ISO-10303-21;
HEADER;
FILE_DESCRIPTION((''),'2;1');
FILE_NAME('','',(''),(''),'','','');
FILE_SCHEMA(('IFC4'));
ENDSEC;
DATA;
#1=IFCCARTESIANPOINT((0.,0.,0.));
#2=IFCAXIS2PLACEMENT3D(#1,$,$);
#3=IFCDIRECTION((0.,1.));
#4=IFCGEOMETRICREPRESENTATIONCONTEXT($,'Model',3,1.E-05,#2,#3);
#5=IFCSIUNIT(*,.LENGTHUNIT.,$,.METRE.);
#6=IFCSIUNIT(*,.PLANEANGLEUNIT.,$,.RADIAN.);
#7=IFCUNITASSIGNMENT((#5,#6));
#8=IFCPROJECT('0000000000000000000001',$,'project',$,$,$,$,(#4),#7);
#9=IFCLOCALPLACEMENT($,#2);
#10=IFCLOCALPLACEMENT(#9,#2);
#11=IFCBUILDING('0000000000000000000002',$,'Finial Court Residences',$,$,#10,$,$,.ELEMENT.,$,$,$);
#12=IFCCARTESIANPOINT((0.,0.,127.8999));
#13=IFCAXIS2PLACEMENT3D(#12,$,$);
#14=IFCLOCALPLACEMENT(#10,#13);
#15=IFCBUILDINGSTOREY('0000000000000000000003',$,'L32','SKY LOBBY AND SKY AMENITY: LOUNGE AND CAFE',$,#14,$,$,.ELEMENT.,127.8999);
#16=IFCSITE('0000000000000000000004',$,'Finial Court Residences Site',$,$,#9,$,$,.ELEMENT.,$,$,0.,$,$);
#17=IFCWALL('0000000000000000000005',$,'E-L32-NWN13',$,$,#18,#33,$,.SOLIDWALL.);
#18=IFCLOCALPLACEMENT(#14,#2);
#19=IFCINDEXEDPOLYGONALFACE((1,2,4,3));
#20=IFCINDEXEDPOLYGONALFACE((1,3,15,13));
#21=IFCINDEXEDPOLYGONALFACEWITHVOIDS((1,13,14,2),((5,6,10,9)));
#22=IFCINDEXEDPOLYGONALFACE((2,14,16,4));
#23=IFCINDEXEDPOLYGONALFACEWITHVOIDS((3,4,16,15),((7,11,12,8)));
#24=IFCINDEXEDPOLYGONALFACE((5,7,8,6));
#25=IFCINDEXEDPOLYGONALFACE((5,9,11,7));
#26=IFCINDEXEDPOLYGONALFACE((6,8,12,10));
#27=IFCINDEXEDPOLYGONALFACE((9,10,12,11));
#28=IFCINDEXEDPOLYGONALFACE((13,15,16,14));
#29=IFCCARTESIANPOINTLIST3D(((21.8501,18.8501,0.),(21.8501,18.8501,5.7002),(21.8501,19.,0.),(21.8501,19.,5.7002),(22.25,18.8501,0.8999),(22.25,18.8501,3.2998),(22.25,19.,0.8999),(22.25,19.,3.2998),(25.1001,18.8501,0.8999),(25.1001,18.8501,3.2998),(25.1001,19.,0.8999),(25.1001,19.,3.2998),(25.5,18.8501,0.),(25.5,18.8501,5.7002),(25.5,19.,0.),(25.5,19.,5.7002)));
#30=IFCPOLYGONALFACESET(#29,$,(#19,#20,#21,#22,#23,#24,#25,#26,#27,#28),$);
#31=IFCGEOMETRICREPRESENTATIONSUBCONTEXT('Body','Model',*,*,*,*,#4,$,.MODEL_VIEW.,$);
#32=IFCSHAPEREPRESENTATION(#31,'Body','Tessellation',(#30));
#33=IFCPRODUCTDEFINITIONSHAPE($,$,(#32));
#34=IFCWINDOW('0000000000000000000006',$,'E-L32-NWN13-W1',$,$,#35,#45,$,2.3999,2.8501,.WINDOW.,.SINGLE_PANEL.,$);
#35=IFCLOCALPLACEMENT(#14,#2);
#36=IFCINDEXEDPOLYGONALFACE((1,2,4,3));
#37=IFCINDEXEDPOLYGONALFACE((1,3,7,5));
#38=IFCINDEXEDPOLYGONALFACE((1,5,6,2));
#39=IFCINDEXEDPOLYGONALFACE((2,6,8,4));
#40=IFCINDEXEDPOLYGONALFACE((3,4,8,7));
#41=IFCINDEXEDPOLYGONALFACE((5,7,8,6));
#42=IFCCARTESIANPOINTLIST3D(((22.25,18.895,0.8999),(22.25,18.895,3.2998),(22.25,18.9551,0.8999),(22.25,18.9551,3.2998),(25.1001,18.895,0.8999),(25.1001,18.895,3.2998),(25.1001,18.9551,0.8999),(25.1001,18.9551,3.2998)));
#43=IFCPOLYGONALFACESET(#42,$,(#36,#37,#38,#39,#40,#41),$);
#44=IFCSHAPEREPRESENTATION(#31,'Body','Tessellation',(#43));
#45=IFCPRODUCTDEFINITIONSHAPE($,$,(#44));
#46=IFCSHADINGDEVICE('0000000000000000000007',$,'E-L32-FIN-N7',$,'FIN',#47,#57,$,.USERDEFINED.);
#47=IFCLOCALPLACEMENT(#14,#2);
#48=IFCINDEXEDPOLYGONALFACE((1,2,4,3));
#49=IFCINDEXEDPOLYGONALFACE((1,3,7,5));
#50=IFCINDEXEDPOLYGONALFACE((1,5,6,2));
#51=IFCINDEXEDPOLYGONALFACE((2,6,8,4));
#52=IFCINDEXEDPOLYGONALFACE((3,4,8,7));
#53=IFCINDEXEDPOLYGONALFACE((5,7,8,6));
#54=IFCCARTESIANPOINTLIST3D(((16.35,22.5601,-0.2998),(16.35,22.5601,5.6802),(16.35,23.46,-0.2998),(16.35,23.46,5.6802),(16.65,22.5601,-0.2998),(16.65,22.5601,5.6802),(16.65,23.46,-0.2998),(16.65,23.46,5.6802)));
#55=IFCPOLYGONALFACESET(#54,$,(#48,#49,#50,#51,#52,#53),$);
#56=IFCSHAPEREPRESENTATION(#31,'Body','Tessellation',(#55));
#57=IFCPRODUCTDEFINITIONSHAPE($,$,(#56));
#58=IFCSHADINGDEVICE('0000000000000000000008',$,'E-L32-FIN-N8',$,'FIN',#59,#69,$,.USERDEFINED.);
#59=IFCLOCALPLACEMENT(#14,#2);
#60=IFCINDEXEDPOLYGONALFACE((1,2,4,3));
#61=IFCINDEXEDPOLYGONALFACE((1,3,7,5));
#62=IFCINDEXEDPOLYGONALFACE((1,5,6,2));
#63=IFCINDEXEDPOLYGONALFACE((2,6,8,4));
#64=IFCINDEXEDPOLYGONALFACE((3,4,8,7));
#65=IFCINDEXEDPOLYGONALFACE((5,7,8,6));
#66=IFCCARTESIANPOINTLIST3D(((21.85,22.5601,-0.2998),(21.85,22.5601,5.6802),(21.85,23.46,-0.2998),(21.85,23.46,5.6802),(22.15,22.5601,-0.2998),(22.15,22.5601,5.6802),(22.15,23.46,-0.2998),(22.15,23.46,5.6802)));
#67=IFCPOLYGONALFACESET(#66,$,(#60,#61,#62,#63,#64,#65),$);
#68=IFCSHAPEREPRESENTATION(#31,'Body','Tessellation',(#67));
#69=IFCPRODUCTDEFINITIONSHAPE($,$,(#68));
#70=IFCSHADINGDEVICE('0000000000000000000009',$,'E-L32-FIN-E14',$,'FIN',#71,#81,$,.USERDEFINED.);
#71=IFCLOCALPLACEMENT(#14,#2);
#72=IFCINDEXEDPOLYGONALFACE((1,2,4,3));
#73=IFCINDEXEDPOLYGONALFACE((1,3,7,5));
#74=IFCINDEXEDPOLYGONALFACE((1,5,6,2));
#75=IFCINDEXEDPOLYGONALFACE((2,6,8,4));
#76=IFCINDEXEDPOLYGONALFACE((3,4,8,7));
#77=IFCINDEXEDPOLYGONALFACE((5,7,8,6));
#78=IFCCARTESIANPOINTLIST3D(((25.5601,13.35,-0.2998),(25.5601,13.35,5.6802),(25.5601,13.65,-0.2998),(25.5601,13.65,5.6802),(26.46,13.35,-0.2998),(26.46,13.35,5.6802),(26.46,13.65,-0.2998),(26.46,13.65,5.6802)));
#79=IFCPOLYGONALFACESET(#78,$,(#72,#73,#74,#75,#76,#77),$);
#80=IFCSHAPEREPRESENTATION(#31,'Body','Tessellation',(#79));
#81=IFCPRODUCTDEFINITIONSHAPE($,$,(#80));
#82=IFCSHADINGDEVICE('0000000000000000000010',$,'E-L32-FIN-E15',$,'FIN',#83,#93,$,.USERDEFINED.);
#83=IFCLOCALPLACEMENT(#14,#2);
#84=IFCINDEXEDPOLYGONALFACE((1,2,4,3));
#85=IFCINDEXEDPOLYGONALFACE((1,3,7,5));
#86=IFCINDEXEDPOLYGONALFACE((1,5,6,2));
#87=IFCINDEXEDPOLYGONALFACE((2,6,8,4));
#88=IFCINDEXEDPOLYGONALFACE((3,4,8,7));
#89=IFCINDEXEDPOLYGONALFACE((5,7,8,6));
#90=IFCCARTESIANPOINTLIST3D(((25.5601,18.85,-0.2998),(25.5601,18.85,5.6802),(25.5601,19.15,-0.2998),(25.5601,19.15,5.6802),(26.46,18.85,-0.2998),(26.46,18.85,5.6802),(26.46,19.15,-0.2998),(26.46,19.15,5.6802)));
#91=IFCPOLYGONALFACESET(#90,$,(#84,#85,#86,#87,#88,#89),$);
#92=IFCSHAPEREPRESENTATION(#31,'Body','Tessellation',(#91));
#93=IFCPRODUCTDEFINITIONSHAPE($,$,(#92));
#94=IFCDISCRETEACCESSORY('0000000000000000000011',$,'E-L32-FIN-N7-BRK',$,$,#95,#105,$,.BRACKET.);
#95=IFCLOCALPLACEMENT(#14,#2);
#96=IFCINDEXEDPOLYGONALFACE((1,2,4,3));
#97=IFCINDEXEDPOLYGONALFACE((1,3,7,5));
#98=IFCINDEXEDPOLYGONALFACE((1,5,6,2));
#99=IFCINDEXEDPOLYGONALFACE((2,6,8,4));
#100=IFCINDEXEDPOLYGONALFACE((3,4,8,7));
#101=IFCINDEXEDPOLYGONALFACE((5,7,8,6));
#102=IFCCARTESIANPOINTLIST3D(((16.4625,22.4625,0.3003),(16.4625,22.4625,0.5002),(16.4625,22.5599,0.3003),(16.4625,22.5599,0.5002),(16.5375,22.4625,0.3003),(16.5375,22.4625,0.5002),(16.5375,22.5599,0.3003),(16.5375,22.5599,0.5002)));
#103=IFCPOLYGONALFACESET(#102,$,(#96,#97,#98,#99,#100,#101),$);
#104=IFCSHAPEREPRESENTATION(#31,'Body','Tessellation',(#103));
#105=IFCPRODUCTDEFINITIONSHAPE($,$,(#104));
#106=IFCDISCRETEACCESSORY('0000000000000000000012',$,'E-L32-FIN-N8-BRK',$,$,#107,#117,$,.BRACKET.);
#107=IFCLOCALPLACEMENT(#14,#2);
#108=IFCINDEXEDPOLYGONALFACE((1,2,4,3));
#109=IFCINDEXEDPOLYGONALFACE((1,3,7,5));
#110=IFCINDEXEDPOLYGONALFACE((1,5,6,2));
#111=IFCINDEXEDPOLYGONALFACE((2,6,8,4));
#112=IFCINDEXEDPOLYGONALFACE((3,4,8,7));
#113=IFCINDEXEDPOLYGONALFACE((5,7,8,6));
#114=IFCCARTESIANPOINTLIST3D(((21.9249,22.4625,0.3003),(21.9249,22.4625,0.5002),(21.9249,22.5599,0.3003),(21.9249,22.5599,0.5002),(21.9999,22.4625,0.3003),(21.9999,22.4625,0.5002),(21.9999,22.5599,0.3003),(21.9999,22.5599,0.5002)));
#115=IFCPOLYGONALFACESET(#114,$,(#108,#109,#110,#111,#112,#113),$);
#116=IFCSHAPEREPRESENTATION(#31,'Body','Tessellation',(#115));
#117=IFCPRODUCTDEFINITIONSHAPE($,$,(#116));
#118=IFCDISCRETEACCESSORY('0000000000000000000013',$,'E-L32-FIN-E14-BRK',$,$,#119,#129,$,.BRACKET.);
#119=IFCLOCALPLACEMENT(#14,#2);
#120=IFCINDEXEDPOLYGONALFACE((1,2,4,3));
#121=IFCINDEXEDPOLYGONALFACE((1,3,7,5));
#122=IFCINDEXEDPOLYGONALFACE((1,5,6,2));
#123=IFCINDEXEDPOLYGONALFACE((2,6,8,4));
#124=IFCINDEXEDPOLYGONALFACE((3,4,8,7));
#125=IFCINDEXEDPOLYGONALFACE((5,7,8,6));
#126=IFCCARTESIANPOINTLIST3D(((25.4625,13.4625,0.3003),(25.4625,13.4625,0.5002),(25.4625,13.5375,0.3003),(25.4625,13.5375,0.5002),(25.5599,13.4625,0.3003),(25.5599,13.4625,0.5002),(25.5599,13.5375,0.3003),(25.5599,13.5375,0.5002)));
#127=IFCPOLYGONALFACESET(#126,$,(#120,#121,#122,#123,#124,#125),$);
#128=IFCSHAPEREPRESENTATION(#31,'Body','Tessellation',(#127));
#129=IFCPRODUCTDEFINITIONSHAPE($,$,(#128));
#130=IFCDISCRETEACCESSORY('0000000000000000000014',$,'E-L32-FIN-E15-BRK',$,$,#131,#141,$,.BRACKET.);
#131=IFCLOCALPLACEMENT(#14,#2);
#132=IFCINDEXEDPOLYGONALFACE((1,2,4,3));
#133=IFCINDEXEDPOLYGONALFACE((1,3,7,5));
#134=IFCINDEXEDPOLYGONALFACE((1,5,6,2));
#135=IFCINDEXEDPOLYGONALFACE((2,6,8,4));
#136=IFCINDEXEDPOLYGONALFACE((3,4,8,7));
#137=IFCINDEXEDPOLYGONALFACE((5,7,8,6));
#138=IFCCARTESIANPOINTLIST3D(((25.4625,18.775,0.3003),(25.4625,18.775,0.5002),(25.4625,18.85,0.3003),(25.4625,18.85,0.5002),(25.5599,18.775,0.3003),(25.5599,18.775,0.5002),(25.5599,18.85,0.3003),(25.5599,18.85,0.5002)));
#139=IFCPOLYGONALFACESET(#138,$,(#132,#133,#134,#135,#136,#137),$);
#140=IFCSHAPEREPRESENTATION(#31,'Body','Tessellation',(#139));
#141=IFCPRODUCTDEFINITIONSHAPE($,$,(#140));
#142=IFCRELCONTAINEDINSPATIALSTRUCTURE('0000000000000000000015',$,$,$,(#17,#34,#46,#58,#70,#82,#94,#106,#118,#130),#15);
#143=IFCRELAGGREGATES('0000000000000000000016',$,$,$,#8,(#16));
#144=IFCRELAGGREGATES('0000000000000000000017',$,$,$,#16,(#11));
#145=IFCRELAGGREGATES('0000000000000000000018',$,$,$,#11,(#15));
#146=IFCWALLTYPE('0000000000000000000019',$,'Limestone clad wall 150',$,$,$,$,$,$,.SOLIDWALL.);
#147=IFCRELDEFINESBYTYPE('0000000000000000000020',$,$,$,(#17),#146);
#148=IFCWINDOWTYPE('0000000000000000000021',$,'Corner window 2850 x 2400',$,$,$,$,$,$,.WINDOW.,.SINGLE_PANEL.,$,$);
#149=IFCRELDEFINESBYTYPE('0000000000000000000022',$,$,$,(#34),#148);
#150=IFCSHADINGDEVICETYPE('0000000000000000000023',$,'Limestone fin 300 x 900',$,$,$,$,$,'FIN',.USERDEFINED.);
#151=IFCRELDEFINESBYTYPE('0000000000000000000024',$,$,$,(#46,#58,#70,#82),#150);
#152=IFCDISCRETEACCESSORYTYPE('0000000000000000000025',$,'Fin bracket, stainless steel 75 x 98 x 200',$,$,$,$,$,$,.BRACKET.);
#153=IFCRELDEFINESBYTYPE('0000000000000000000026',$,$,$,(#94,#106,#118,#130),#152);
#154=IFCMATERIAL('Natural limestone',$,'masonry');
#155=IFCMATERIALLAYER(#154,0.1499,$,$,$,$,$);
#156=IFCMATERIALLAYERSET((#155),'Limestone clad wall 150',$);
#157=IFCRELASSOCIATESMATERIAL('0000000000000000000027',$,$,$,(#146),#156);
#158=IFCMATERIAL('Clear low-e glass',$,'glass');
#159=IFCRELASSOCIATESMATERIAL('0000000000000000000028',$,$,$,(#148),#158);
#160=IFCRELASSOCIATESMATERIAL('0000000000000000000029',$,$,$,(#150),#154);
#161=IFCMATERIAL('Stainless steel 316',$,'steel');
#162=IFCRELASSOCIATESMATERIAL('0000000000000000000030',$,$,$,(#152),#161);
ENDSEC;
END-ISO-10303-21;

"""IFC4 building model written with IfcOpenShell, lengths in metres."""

from ifc_helpers import new_model, si_unit, direction, frame, frame_2d, origin, origin_2d, place, context, subcontext, project, spatial, rectangle, extrude, material, layer, layer_set, type_object, element, fill, save


model = new_model("IFC4")

# Units and contexts
model_context = context("Model", 3, precision=1e-05, world=origin(), true_north=direction((0.0, 1.0)))
body_context = subcontext(model_context, "Body", "Model", "MODEL_VIEW")
ifc_project = project(units=[si_unit("LENGTHUNIT", "METRE"), si_unit("PLANEANGLEUNIT", "RADIAN")], contexts=[model_context])

# Site, building, storey
site_placement = place(None, origin())
site = spatial("IfcSite", under=ifc_project, at=site_placement, Name="Finial Court Residences Site", CompositionType="ELEMENT", RefElevation=0.0)
building_placement = place(site_placement, origin())
building = spatial("IfcBuilding", under=site, at=building_placement, Name="Finial Court Residences", CompositionType="ELEMENT")
storey_placement = place(building_placement, frame((0.0, 0.0, 127.8999)))
storey = spatial("IfcBuildingStorey", under=building, at=storey_placement, Name="L32", Description="SKY LOBBY AND SKY AMENITY: LOUNGE AND CAFE", CompositionType="ELEMENT", Elevation=127.8999)

# Shared definitions
ifc_material_1 = material(Name="Clear low-e glass", Category="glass")

# Wall, opening, window
ifc_material_2 = material(Name="Natural limestone", Category="masonry")
ifc_layer_1 = layer(ifc_material_2, 0.1499)
ifc_layer_set_1 = layer_set([ifc_layer_1], Name="Limestone clad wall 150")
wall_type = type_object("IfcWallType", Name="Limestone clad wall 150", PredefinedType="SOLIDWALL", material=ifc_layer_set_1)
wall_1_placement = place(storey_placement, frame((21.8501, 18.925, 0.0), z_axis=(0.0, 0.0, 1.0), x_axis=(1.0, 0.0, 0.0)))
wall_1 = element("IfcWall", 1, at=wall_1_placement, inside=storey, type_object=wall_type, Name="E-L32-NWN13", PredefinedType="SOLIDWALL", context=body_context, shape_type="SweptSolid", body=[
    extrude(rectangle(XDim=3.6499, YDim=0.1499, at=frame_2d((1.825, 0.0))), origin(), (0.0, 0.0, 1.0), 5.7002),
])
opening_1_placement = place(wall_1_placement, frame((0.3999, 0.0, 0.8999)))
opening_1 = element("IfcOpeningElement", 2, at=opening_1_placement, cuts=wall_1, PredefinedType="OPENING", context=body_context, shape_type="SweptSolid", body=[
    extrude(rectangle(XDim=2.8501, YDim=2.3999, at=frame_2d((1.425, 1.2))), frame((0.0, 0.085, 0.0), z_axis=(0.0, -1.0, 0.0), x_axis=(1.0, 0.0, 0.0)), (0.0, 0.0, 1.0), 0.1699),
])
window_type_1 = type_object("IfcWindowType", Name="Corner window 2850 x 2400", PartitioningType="SINGLE_PANEL", PredefinedType="WINDOW", material=ifc_material_1)
window_1_placement = place(opening_1_placement, origin())
window_1 = element("IfcWindow", 3, at=window_1_placement, inside=storey, type_object=window_type_1, Name="E-L32-NWN13-W1", OverallHeight=2.3999, OverallWidth=2.8501, PartitioningType="SINGLE_PANEL", PredefinedType="WINDOW", context=body_context, shape_type="SweptSolid", body=[
    extrude(rectangle(XDim=2.8501, YDim=2.3999, at=frame_2d((1.425, 1.2))), frame((0.0, 0.03, 0.0), z_axis=(0.0, -1.0, 0.0), x_axis=(1.0, 0.0, 0.0)), (0.0, 0.0, 1.0), 0.0601),
])
fill(opening_1, window_1)

# Shading devices
shading_device_type = type_object("IfcShadingDeviceType", Name="Limestone fin 300 x 900", ElementType="FIN", PredefinedType="USERDEFINED", material=ifc_material_2)
for number, where, z_axis, x_axis, name in (
    (4, (16.5, 23.01, -0.2998), (0.0, 0.0, 1.0), (1.0, 0.0, 0.0), "E-L32-FIN-N7"),
    (5, (22.0, 23.01, -0.2998), (0.0, 0.0, 1.0), (1.0, 0.0, 0.0), "E-L32-FIN-N8"),
):
    element("IfcShadingDevice", number, at=place(storey_placement, frame(where, z_axis=z_axis, x_axis=x_axis)), inside=storey, type_object=shading_device_type, Name=name, ObjectType="FIN", PredefinedType="USERDEFINED", context=body_context, shape_type="SweptSolid", body=[
        extrude(rectangle(XDim=0.3, YDim=0.8999, at=origin_2d()), origin(), (0.0, 0.0, 1.0), 5.98),
    ])
for number, where, z_axis, x_axis, name in (
    (6, (26.01, 13.5, -0.2998), (0.0, 0.0, 1.0), (1.0, 0.0, 0.0), "E-L32-FIN-E14"),
    (7, (26.01, 19.0, -0.2998), (0.0, 0.0, 1.0), (1.0, 0.0, 0.0), "E-L32-FIN-E15"),
):
    element("IfcShadingDevice", number, at=place(storey_placement, frame(where, z_axis=z_axis, x_axis=x_axis)), inside=storey, type_object=shading_device_type, Name=name, ObjectType="FIN", PredefinedType="USERDEFINED", context=body_context, shape_type="SweptSolid", body=[
        extrude(rectangle(XDim=0.8999, YDim=0.3, at=origin_2d()), origin(), (0.0, 0.0, 1.0), 5.98),
    ])

# Discrete accessories
ifc_material_3 = material(Name="Stainless steel 316", Category="steel")
discrete_accessory_type = type_object("IfcDiscreteAccessoryType", Name="Fin bracket, stainless steel 75 x 98 x 200", PredefinedType="BRACKET", material=ifc_material_3)
for number, where, z_axis, x_axis, name in (
    (8, (16.5, 22.5112, 0.3003), (0.0, 0.0, 1.0), (1.0, 0.0, 0.0), "E-L32-FIN-N7-BRK"),
    (9, (21.9624, 22.5112, 0.3003), (0.0, 0.0, 1.0), (1.0, 0.0, 0.0), "E-L32-FIN-N8-BRK"),
):
    element("IfcDiscreteAccessory", number, at=place(storey_placement, frame(where, z_axis=z_axis, x_axis=x_axis)), inside=storey, type_object=discrete_accessory_type, Name=name, PredefinedType="BRACKET", context=body_context, shape_type="SweptSolid", body=[
        extrude(rectangle(XDim=0.075, YDim=0.0974, at=origin_2d()), origin(), (0.0, 0.0, 1.0), 0.2),
    ])
for number, where, z_axis, x_axis, name in (
    (10, (25.5112, 13.5, 0.3003), (0.0, 0.0, 1.0), (1.0, 0.0, 0.0), "E-L32-FIN-E14-BRK"),
    (11, (25.5112, 18.8125, 0.3003), (0.0, 0.0, 1.0), (1.0, 0.0, 0.0), "E-L32-FIN-E15-BRK"),
):
    element("IfcDiscreteAccessory", number, at=place(storey_placement, frame(where, z_axis=z_axis, x_axis=x_axis)), inside=storey, type_object=discrete_accessory_type, Name=name, PredefinedType="BRACKET", context=body_context, shape_type="SweptSolid", body=[
        extrude(rectangle(XDim=0.0974, YDim=0.075, at=origin_2d()), origin(), (0.0, 0.0, 1.0), 0.2),
    ])

save(model, "model.ifc")
